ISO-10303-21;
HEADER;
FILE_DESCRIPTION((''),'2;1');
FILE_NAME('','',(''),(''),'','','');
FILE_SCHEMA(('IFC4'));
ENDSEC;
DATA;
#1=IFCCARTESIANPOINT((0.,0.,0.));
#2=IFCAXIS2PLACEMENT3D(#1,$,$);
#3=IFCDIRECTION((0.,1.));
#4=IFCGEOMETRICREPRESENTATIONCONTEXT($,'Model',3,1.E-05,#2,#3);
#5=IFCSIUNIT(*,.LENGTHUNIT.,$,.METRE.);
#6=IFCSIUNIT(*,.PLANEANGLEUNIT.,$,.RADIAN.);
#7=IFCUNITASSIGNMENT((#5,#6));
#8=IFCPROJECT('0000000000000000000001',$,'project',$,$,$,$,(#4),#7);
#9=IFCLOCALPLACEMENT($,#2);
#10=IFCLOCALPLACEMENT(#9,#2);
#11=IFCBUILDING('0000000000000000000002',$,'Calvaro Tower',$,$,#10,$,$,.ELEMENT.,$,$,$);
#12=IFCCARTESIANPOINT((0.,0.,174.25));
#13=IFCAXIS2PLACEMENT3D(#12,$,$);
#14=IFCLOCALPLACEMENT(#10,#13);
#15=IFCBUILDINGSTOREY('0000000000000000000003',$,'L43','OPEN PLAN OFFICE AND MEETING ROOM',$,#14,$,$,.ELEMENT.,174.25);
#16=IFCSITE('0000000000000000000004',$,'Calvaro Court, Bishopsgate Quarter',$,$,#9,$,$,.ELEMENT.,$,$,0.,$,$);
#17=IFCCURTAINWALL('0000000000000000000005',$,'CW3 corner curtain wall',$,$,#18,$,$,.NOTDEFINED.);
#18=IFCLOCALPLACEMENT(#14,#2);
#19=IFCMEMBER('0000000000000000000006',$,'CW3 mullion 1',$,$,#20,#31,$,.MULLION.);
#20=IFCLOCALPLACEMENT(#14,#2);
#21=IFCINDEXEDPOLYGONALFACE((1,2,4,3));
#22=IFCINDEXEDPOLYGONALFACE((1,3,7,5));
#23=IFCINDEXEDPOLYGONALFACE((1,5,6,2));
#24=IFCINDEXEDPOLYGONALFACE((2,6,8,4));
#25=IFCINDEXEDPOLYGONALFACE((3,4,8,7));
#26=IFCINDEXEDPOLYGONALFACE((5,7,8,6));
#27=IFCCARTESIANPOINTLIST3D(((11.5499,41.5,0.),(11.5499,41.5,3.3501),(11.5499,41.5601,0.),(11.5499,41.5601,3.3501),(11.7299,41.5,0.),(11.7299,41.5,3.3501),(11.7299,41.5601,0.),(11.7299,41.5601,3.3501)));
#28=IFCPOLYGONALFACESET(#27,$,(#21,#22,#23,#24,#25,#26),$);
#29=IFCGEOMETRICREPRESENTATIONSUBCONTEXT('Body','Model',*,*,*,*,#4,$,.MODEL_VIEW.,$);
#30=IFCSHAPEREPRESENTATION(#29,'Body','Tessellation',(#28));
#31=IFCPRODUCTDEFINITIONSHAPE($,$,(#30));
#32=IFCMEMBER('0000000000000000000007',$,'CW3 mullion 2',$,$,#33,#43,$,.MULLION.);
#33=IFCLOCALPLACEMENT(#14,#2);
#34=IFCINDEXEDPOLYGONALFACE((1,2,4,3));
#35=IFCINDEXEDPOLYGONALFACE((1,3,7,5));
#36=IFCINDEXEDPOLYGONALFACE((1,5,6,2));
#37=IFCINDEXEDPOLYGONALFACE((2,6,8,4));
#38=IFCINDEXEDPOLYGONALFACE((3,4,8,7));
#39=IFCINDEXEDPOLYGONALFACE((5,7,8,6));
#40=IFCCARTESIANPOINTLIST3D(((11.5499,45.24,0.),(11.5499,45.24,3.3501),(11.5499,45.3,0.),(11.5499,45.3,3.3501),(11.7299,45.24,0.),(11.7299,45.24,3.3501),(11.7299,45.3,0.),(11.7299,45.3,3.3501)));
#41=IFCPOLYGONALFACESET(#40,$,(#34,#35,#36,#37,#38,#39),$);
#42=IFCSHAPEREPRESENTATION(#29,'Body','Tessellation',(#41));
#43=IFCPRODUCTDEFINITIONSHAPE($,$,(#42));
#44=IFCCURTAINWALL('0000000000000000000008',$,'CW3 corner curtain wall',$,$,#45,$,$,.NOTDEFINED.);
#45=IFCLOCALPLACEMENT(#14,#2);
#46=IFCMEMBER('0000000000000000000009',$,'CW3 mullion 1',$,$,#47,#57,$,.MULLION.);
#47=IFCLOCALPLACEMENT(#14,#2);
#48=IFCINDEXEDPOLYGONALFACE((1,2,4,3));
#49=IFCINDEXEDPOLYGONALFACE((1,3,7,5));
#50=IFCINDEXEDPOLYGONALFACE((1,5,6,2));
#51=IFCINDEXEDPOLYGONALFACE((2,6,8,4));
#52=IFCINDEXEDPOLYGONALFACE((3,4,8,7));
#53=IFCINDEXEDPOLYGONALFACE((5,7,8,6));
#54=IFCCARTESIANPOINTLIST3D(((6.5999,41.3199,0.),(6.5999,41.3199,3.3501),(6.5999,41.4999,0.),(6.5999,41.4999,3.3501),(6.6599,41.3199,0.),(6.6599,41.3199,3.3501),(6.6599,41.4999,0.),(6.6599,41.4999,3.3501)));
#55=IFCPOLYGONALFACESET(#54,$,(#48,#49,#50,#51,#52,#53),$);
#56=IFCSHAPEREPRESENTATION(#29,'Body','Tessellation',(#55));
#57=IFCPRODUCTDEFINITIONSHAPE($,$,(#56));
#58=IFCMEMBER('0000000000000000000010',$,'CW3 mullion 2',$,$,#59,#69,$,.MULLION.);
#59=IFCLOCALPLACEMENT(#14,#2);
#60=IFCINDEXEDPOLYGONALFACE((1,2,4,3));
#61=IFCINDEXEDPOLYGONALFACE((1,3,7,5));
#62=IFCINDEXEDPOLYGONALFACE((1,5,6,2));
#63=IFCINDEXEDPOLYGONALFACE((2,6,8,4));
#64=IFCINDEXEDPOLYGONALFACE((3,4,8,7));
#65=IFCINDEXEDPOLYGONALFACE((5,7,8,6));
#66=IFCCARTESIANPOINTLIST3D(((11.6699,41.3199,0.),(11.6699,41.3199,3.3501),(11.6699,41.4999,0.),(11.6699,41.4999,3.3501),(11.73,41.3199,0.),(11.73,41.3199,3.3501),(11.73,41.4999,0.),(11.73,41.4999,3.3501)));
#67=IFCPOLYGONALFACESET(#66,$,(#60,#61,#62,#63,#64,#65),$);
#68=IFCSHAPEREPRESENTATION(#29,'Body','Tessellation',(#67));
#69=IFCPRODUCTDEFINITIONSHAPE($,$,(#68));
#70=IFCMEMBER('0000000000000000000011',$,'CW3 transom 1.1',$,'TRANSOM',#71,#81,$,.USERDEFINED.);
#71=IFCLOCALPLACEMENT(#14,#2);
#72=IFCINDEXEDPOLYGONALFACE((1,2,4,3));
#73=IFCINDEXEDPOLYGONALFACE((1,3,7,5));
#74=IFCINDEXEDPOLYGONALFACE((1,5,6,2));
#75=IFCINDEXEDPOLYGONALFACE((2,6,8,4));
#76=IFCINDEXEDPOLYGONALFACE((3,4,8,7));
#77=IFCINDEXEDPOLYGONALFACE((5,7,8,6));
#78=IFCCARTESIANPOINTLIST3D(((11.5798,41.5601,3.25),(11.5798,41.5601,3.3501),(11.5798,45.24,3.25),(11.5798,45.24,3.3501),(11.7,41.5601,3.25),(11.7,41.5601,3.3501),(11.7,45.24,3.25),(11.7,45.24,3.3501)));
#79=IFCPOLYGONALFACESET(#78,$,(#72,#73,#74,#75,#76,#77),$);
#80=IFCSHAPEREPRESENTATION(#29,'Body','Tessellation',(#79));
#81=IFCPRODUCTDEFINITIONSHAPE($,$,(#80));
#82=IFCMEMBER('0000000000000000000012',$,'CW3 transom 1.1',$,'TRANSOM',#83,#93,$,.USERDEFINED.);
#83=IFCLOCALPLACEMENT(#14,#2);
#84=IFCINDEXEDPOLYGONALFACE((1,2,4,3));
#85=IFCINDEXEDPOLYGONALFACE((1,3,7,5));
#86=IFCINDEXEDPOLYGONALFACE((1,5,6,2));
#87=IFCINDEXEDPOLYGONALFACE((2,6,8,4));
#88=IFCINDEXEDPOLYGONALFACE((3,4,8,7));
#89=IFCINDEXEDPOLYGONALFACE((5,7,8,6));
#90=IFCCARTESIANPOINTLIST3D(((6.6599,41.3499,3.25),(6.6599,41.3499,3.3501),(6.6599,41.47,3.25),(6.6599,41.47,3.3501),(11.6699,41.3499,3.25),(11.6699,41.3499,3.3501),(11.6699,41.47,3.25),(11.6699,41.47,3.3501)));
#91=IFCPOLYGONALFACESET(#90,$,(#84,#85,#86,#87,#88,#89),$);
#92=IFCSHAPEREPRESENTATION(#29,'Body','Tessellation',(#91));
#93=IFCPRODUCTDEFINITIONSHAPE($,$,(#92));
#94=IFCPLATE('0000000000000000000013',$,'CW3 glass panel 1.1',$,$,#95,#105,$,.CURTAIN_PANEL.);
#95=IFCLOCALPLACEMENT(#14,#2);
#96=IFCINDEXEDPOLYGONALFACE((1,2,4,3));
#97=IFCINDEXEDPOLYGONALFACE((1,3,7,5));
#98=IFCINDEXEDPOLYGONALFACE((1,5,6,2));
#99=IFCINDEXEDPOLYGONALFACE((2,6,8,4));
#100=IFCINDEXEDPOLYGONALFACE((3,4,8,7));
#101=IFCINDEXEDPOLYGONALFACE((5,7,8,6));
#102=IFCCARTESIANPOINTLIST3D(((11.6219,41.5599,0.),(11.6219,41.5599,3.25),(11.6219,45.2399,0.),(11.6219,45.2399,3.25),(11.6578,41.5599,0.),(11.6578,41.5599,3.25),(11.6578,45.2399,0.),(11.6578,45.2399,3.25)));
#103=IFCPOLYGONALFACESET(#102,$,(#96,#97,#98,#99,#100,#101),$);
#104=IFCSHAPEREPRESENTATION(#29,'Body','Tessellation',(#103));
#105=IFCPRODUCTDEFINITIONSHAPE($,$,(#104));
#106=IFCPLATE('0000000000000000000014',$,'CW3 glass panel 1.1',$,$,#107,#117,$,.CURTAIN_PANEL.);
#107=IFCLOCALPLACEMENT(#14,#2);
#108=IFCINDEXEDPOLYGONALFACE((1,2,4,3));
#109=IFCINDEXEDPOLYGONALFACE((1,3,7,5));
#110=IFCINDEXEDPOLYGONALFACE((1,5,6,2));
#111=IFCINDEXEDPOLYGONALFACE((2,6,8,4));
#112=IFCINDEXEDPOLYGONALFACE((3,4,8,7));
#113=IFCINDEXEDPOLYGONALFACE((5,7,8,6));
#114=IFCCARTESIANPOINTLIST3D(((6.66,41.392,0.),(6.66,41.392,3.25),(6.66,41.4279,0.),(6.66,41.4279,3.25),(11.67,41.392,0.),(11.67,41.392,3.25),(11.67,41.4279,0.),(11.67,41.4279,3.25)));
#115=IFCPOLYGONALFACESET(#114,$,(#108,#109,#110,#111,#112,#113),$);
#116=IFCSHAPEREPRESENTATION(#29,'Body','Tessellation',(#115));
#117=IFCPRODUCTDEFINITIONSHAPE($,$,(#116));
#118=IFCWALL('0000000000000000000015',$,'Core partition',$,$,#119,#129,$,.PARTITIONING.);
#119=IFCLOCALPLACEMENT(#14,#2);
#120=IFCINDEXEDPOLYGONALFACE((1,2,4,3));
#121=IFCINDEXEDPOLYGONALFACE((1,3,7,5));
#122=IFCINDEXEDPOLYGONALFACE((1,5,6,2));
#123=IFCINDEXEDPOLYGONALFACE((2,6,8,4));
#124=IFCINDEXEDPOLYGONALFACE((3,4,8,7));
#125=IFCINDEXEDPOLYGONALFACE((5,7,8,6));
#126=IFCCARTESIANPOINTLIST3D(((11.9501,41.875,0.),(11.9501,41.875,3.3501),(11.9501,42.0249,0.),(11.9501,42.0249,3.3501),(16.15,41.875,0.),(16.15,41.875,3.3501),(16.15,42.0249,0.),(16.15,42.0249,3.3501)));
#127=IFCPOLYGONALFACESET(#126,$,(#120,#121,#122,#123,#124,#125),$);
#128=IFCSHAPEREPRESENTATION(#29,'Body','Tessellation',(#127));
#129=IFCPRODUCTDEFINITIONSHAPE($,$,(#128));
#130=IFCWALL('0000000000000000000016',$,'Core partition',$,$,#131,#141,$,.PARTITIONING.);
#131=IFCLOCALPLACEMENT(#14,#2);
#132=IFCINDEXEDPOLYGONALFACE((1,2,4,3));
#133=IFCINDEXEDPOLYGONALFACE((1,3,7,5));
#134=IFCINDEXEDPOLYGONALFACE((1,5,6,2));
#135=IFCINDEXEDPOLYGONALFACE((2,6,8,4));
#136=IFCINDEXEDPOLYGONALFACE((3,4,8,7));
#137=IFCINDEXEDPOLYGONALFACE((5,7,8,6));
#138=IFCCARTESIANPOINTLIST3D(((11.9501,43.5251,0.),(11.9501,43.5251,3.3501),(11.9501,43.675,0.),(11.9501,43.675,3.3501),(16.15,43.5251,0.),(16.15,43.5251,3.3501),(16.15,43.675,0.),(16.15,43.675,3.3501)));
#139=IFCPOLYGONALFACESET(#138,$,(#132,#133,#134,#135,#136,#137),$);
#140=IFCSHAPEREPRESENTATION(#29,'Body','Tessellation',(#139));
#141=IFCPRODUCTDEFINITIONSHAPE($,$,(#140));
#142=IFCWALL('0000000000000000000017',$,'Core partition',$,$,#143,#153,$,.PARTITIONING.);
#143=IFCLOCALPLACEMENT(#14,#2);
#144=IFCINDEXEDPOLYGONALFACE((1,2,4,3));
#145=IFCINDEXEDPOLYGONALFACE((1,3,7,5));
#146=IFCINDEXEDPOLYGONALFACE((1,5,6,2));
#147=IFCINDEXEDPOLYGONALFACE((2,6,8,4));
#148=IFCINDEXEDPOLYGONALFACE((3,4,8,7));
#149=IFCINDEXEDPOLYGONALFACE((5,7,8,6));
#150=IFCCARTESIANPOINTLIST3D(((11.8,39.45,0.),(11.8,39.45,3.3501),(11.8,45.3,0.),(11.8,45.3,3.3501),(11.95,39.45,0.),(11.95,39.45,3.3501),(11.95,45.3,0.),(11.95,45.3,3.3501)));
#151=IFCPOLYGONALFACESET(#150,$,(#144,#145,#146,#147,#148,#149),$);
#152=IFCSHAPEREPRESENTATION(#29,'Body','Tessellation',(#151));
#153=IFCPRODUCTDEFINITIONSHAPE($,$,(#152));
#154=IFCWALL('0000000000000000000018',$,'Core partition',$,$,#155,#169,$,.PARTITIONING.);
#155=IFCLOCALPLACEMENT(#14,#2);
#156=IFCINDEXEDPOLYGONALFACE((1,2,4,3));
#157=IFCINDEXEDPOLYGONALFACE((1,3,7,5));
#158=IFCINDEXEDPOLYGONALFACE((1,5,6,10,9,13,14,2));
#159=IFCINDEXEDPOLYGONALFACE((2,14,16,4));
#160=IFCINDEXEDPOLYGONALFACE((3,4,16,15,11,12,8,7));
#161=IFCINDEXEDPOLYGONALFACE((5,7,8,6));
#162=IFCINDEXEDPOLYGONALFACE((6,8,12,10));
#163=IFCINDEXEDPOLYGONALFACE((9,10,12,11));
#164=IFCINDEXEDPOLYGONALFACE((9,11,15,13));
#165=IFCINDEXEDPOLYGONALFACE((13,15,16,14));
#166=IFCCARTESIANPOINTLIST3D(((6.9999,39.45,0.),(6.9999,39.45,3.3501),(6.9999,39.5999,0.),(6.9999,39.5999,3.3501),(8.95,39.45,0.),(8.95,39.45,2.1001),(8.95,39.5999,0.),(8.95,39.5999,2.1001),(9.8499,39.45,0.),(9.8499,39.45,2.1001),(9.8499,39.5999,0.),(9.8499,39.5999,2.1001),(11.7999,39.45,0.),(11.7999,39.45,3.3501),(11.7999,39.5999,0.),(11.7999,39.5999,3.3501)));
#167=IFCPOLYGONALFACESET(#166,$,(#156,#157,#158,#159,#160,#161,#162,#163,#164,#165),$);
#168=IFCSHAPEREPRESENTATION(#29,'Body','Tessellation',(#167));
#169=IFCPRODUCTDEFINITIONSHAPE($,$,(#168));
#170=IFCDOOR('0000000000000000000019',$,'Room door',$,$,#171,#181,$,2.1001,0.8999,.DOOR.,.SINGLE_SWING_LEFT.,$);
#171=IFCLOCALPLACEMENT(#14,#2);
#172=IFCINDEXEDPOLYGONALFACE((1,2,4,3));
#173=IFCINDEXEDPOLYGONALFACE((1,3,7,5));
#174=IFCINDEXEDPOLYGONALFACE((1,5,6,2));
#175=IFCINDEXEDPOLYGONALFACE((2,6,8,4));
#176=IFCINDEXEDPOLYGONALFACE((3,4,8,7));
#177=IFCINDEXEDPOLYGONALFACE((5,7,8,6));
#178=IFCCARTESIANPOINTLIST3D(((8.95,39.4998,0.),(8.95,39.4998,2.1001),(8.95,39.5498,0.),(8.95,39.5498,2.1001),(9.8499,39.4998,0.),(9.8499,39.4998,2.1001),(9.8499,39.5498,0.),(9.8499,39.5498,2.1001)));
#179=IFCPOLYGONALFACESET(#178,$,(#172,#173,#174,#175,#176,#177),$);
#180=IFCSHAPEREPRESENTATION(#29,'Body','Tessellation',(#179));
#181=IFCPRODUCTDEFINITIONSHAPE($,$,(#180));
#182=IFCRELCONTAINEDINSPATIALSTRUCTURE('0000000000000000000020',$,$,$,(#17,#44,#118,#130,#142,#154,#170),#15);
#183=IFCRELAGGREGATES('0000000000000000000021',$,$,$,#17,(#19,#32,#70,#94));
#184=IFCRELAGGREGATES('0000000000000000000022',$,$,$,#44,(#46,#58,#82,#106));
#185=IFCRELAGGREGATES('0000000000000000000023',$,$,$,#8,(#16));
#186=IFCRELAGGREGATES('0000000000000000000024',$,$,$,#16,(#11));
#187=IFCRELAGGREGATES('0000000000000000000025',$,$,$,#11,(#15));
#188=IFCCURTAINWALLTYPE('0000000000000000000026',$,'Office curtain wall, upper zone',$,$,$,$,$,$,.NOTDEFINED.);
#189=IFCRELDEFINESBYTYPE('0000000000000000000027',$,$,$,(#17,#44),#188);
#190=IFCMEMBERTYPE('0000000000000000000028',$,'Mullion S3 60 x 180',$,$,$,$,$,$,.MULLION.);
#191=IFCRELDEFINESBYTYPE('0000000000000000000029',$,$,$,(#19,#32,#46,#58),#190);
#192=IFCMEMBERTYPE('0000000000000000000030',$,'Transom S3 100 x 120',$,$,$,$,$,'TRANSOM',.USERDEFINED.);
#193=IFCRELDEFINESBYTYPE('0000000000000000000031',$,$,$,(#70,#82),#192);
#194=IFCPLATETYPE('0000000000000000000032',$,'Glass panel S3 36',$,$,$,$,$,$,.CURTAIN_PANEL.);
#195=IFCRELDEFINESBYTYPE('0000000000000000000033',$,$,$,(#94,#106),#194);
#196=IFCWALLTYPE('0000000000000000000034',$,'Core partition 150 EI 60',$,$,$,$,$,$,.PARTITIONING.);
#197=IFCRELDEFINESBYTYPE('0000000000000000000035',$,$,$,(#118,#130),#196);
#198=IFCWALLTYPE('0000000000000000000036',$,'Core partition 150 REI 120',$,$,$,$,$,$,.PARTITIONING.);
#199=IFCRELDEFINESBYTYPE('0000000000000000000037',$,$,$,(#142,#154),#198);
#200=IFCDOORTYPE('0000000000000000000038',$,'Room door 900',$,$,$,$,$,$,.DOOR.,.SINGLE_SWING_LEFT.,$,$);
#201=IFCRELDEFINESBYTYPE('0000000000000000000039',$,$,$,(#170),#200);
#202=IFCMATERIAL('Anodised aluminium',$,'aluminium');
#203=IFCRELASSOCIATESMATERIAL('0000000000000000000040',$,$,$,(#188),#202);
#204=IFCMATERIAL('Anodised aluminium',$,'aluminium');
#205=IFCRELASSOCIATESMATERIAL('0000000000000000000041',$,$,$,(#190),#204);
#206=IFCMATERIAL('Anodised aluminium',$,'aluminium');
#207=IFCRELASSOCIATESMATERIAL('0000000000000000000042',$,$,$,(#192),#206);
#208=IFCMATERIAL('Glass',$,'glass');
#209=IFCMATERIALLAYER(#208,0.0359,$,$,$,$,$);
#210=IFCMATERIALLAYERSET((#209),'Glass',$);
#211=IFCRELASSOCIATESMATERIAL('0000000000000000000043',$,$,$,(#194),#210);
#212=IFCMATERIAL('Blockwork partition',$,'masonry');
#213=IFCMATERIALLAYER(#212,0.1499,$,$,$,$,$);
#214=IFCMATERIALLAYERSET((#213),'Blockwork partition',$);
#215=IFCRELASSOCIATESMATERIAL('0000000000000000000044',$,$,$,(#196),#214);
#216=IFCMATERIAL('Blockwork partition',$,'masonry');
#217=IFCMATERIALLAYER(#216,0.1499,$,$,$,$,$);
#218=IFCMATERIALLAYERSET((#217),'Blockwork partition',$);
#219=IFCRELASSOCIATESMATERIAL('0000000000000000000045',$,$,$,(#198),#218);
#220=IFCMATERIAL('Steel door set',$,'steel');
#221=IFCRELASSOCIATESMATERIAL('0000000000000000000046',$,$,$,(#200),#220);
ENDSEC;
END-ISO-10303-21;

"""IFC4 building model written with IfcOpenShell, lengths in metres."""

from ifc_helpers import new_model, si_unit, direction, frame, frame_2d, origin, origin_2d, place, context, subcontext, project, spatial, rectangle, extrude, material, layer, layer_set, material_profile, profile_set, type_object, element, fill, aggregate, save


model = new_model("IFC4")

# Units and contexts
model_context = context("Model", 3, precision=1e-05, world=origin(), true_north=direction((0.0, 1.0)))
body_context = subcontext(model_context, "Body", "Model", "MODEL_VIEW")
ifc_project = project(units=[si_unit("LENGTHUNIT", "METRE"), si_unit("PLANEANGLEUNIT", "RADIAN")], contexts=[model_context])

# Site, building, storey
site_placement = place(None, origin())
site = spatial("IfcSite", under=ifc_project, at=site_placement, Name="Calvaro Court, Bishopsgate Quarter", CompositionType="ELEMENT", RefElevation=0.0)
building_placement = place(site_placement, origin())
building = spatial("IfcBuilding", under=site, at=building_placement, Name="Calvaro Tower", CompositionType="ELEMENT")
storey_placement = place(building_placement, frame((0.0, 0.0, 174.25)))
storey = spatial("IfcBuildingStorey", under=building, at=storey_placement, Name="L43", Description="OPEN PLAN OFFICE AND MEETING ROOM", CompositionType="ELEMENT", Elevation=174.25)

# Curtain walls, members
ifc_material_1 = material(Name="Anodised aluminium", Category="aluminium")
curtain_wall_type = type_object("IfcCurtainWallType", Name="Office curtain wall, upper zone", PredefinedType="NOTDEFINED", material=ifc_material_1)
curtain_wall_1_placement = place(storey_placement, origin())
curtain_wall_1 = element("IfcCurtainWall", 1, at=curtain_wall_1_placement, inside=storey, type_object=curtain_wall_type, Name="CW3 corner curtain wall", PredefinedType="NOTDEFINED")
ifc_material_2 = material(Name="Anodised aluminium", Category="aluminium")
ifc_material_profile_1 = material_profile(ifc_material_2, rectangle(XDim=0.1799, YDim=0.0601, at=origin_2d()), Name="Mullion S3 60 x 180")
ifc_profile_set_1 = profile_set([ifc_material_profile_1], Name="Anodised aluminium")
member_type_1 = type_object("IfcMemberType", Name="Mullion S3 60 x 180", PredefinedType="MULLION", material=ifc_profile_set_1)
member_1_placement = place(storey_placement, frame((11.6399, 41.53, 0.0), z_axis=(0.0, 0.0, 1.0), x_axis=(-1.0, 0.0, 0.0)))
member_1 = element("IfcMember", 2, at=member_1_placement, type_object=member_type_1, Name="CW3 mullion 1", PredefinedType="MULLION", context=body_context, shape_type="SweptSolid", body=[
    extrude(rectangle(XDim=0.1799, YDim=0.0601, at=origin_2d()), origin(), (0.0, 0.0, 1.0), 3.3501),
])
member_2_placement = place(storey_placement, frame((11.6399, 45.27, 0.0), z_axis=(0.0, 0.0, 1.0), x_axis=(-1.0, 0.0, 0.0)))
member_2 = element("IfcMember", 3, at=member_2_placement, type_object=member_type_1, Name="CW3 mullion 2", PredefinedType="MULLION", context=body_context, shape_type="SweptSolid", body=[
    extrude(rectangle(XDim=0.1799, YDim=0.0601, at=origin_2d()), origin(), (0.0, 0.0, 1.0), 3.3501),
])
curtain_wall_2_placement = place(storey_placement, origin())
curtain_wall_2 = element("IfcCurtainWall", 4, at=curtain_wall_2_placement, inside=storey, type_object=curtain_wall_type, Name="CW3 corner curtain wall", PredefinedType="NOTDEFINED")
member_3_placement = place(storey_placement, frame((6.6299, 41.4099, 0.0), z_axis=(0.0, 0.0, 1.0), x_axis=(0.0, 1.0, 0.0)))
member_3 = element("IfcMember", 5, at=member_3_placement, type_object=member_type_1, Name="CW3 mullion 1", PredefinedType="MULLION", context=body_context, shape_type="SweptSolid", body=[
    extrude(rectangle(XDim=0.1799, YDim=0.0601, at=origin_2d()), origin(), (0.0, 0.0, 1.0), 3.3501),
])
member_4_placement = place(storey_placement, frame((11.7, 41.4099, 0.0), z_axis=(0.0, 0.0, 1.0), x_axis=(0.0, 1.0, 0.0)))
member_4 = element("IfcMember", 6, at=member_4_placement, type_object=member_type_1, Name="CW3 mullion 2", PredefinedType="MULLION", context=body_context, shape_type="SweptSolid", body=[
    extrude(rectangle(XDim=0.1799, YDim=0.0601, at=origin_2d()), origin(), (0.0, 0.0, 1.0), 3.3501),
])

# Members
ifc_material_3 = material(Name="Anodised aluminium", Category="aluminium")
ifc_material_profile_2 = material_profile(ifc_material_3, rectangle(XDim=0.1201, YDim=0.1001, at=origin_2d()), Name="Transom S3 100 x 120")
ifc_profile_set_2 = profile_set([ifc_material_profile_2], Name="Anodised aluminium")
member_type_2 = type_object("IfcMemberType", Name="Transom S3 100 x 120", ElementType="TRANSOM", PredefinedType="USERDEFINED", material=ifc_profile_set_2)
member_5_placement = place(storey_placement, frame((11.6399, 41.5601, 3.3), z_axis=(0.0, 1.0, 0.0), x_axis=(-1.0, 0.0, 0.0)))
member_5 = element("IfcMember", 7, at=member_5_placement, type_object=member_type_2, Name="CW3 transom 1.1", ObjectType="TRANSOM", PredefinedType="USERDEFINED", context=body_context, shape_type="SweptSolid", body=[
    extrude(rectangle(XDim=0.1201, YDim=0.1001, at=origin_2d()), origin(), (0.0, 0.0, 1.0), 3.6799),
])
member_6_placement = place(storey_placement, frame((6.6599, 41.4099, 3.3), z_axis=(1.0, 0.0, 0.0), x_axis=(0.0, 1.0, 0.0)))
member_6 = element("IfcMember", 8, at=member_6_placement, type_object=member_type_2, Name="CW3 transom 1.1", ObjectType="TRANSOM", PredefinedType="USERDEFINED", context=body_context, shape_type="SweptSolid", body=[
    extrude(rectangle(XDim=0.1201, YDim=0.1001, at=origin_2d()), origin(), (0.0, 0.0, 1.0), 5.01),
])

# Plates
ifc_material_4 = material(Name="Glass", Category="glass")
ifc_layer_1 = layer(ifc_material_4, 0.0359)
ifc_layer_set_1 = layer_set([ifc_layer_1], Name="Glass")
plate_type = type_object("IfcPlateType", Name="Glass panel S3 36", PredefinedType="CURTAIN_PANEL", material=ifc_layer_set_1)
plate_1_placement = place(storey_placement, frame((11.6399, 43.3999, 0.0), z_axis=(0.0, 0.0, 1.0), x_axis=(0.0, 1.0, 0.0)))
plate_1 = element("IfcPlate", 9, at=plate_1_placement, type_object=plate_type, Name="CW3 glass panel 1.1", PredefinedType="CURTAIN_PANEL", context=body_context, shape_type="SweptSolid", body=[
    extrude(rectangle(XDim=3.6799, YDim=0.0359, at=origin_2d()), origin(), (0.0, 0.0, 1.0), 3.25),
])
aggregate(curtain_wall_1, [member_1, member_2, member_5, plate_1])
plate_2_placement = place(storey_placement, frame((9.165, 41.4099, 0.0), z_axis=(0.0, 0.0, 1.0), x_axis=(1.0, 0.0, 0.0)))
plate_2 = element("IfcPlate", 10, at=plate_2_placement, type_object=plate_type, Name="CW3 glass panel 1.1", PredefinedType="CURTAIN_PANEL", context=body_context, shape_type="SweptSolid", body=[
    extrude(rectangle(XDim=5.01, YDim=0.0359, at=origin_2d()), origin(), (0.0, 0.0, 1.0), 3.25),
])
aggregate(curtain_wall_2, [member_3, member_4, member_6, plate_2])

# Walls
ifc_material_5 = material(Name="Blockwork partition", Category="masonry")
ifc_layer_2 = layer(ifc_material_5, 0.1499)
ifc_layer_set_2 = layer_set([ifc_layer_2], Name="Blockwork partition")
wall_type_1 = type_object("IfcWallType", Name="Core partition 150 EI 60", PredefinedType="PARTITIONING", material=ifc_layer_set_2)
for number, where, z_axis, x_axis, name in (
    (11, (11.95, 41.95, 0.0), (0.0, 0.0, 1.0), (1.0, 0.0, 0.0), "Core partition"),
    (12, (11.95, 43.6001, 0.0), (0.0, 0.0, 1.0), (1.0, 0.0, 0.0), "Core partition"),
):
    element("IfcWall", number, at=place(storey_placement, frame(where, z_axis=z_axis, x_axis=x_axis)), inside=storey, type_object=wall_type_1, Name=name, PredefinedType="PARTITIONING", context=body_context, shape_type="SweptSolid", body=[
        extrude(rectangle(XDim=4.2, YDim=0.1499, at=frame_2d((2.1001, 0.0))), origin(), (0.0, 0.0, 1.0), 3.3501),
    ])
ifc_material_6 = material(Name="Blockwork partition", Category="masonry")
ifc_layer_3 = layer(ifc_material_6, 0.1499)
ifc_layer_set_3 = layer_set([ifc_layer_3], Name="Blockwork partition")
wall_type_2 = type_object("IfcWallType", Name="Core partition 150 REI 120", PredefinedType="PARTITIONING", material=ifc_layer_set_3)
wall_1_placement = place(storey_placement, frame((11.875, 39.45, 0.0), z_axis=(0.0, 0.0, 1.0), x_axis=(0.0, 1.0, 0.0)))
element("IfcWall", 13, at=wall_1_placement, inside=storey, type_object=wall_type_2, Name="Core partition", PredefinedType="PARTITIONING", context=body_context, shape_type="SweptSolid", body=[
    extrude(rectangle(XDim=5.8501, YDim=0.1499, at=frame_2d((2.925, 0.0))), origin(), (0.0, 0.0, 1.0), 3.3501),
])

# Wall, opening, door
wall_2_placement = place(storey_placement, frame((7.0, 39.5249, 0.0), z_axis=(0.0, 0.0, 1.0), x_axis=(1.0, 0.0, 0.0)))
wall_2 = element("IfcWall", 14, at=wall_2_placement, inside=storey, type_object=wall_type_2, Name="Core partition", PredefinedType="PARTITIONING", context=body_context, shape_type="SweptSolid", body=[
    extrude(rectangle(XDim=4.8, YDim=0.1499, at=frame_2d((2.3999, 0.0))), origin(), (0.0, 0.0, 1.0), 3.3501),
])
opening_1_placement = place(wall_2_placement, frame((1.95, 0.0, 0.0)))
opening_1 = element("IfcOpeningElement", 15, at=opening_1_placement, cuts=wall_2, PredefinedType="OPENING", context=body_context, shape_type="SweptSolid", body=[
    extrude(rectangle(XDim=0.8999, YDim=2.1001, at=frame_2d((0.45, 1.05))), frame((0.0, 0.085, 0.0), z_axis=(0.0, -1.0, 0.0), x_axis=(1.0, 0.0, 0.0)), (0.0, 0.0, 1.0), 0.1699),
])
ifc_material_7 = material(Name="Steel door set", Category="steel")
door_type = type_object("IfcDoorType", Name="Room door 900", OperationType="SINGLE_SWING_LEFT", PredefinedType="DOOR", material=ifc_material_7)
door_placement = place(opening_1_placement, origin())
door = element("IfcDoor", 16, at=door_placement, inside=storey, type_object=door_type, Name="Room door", OperationType="SINGLE_SWING_LEFT", OverallHeight=2.1001, OverallWidth=0.8999, PredefinedType="DOOR", context=body_context, shape_type="SweptSolid", body=[
    extrude(rectangle(XDim=0.8999, YDim=2.1001, at=frame_2d((0.45, 1.05))), frame((0.0, 0.0249, 0.0), z_axis=(0.0, -1.0, 0.0), x_axis=(1.0, 0.0, 0.0)), (0.0, 0.0, 1.0), 0.05),
])
fill(opening_1, door)

save(model, "model.ifc")
